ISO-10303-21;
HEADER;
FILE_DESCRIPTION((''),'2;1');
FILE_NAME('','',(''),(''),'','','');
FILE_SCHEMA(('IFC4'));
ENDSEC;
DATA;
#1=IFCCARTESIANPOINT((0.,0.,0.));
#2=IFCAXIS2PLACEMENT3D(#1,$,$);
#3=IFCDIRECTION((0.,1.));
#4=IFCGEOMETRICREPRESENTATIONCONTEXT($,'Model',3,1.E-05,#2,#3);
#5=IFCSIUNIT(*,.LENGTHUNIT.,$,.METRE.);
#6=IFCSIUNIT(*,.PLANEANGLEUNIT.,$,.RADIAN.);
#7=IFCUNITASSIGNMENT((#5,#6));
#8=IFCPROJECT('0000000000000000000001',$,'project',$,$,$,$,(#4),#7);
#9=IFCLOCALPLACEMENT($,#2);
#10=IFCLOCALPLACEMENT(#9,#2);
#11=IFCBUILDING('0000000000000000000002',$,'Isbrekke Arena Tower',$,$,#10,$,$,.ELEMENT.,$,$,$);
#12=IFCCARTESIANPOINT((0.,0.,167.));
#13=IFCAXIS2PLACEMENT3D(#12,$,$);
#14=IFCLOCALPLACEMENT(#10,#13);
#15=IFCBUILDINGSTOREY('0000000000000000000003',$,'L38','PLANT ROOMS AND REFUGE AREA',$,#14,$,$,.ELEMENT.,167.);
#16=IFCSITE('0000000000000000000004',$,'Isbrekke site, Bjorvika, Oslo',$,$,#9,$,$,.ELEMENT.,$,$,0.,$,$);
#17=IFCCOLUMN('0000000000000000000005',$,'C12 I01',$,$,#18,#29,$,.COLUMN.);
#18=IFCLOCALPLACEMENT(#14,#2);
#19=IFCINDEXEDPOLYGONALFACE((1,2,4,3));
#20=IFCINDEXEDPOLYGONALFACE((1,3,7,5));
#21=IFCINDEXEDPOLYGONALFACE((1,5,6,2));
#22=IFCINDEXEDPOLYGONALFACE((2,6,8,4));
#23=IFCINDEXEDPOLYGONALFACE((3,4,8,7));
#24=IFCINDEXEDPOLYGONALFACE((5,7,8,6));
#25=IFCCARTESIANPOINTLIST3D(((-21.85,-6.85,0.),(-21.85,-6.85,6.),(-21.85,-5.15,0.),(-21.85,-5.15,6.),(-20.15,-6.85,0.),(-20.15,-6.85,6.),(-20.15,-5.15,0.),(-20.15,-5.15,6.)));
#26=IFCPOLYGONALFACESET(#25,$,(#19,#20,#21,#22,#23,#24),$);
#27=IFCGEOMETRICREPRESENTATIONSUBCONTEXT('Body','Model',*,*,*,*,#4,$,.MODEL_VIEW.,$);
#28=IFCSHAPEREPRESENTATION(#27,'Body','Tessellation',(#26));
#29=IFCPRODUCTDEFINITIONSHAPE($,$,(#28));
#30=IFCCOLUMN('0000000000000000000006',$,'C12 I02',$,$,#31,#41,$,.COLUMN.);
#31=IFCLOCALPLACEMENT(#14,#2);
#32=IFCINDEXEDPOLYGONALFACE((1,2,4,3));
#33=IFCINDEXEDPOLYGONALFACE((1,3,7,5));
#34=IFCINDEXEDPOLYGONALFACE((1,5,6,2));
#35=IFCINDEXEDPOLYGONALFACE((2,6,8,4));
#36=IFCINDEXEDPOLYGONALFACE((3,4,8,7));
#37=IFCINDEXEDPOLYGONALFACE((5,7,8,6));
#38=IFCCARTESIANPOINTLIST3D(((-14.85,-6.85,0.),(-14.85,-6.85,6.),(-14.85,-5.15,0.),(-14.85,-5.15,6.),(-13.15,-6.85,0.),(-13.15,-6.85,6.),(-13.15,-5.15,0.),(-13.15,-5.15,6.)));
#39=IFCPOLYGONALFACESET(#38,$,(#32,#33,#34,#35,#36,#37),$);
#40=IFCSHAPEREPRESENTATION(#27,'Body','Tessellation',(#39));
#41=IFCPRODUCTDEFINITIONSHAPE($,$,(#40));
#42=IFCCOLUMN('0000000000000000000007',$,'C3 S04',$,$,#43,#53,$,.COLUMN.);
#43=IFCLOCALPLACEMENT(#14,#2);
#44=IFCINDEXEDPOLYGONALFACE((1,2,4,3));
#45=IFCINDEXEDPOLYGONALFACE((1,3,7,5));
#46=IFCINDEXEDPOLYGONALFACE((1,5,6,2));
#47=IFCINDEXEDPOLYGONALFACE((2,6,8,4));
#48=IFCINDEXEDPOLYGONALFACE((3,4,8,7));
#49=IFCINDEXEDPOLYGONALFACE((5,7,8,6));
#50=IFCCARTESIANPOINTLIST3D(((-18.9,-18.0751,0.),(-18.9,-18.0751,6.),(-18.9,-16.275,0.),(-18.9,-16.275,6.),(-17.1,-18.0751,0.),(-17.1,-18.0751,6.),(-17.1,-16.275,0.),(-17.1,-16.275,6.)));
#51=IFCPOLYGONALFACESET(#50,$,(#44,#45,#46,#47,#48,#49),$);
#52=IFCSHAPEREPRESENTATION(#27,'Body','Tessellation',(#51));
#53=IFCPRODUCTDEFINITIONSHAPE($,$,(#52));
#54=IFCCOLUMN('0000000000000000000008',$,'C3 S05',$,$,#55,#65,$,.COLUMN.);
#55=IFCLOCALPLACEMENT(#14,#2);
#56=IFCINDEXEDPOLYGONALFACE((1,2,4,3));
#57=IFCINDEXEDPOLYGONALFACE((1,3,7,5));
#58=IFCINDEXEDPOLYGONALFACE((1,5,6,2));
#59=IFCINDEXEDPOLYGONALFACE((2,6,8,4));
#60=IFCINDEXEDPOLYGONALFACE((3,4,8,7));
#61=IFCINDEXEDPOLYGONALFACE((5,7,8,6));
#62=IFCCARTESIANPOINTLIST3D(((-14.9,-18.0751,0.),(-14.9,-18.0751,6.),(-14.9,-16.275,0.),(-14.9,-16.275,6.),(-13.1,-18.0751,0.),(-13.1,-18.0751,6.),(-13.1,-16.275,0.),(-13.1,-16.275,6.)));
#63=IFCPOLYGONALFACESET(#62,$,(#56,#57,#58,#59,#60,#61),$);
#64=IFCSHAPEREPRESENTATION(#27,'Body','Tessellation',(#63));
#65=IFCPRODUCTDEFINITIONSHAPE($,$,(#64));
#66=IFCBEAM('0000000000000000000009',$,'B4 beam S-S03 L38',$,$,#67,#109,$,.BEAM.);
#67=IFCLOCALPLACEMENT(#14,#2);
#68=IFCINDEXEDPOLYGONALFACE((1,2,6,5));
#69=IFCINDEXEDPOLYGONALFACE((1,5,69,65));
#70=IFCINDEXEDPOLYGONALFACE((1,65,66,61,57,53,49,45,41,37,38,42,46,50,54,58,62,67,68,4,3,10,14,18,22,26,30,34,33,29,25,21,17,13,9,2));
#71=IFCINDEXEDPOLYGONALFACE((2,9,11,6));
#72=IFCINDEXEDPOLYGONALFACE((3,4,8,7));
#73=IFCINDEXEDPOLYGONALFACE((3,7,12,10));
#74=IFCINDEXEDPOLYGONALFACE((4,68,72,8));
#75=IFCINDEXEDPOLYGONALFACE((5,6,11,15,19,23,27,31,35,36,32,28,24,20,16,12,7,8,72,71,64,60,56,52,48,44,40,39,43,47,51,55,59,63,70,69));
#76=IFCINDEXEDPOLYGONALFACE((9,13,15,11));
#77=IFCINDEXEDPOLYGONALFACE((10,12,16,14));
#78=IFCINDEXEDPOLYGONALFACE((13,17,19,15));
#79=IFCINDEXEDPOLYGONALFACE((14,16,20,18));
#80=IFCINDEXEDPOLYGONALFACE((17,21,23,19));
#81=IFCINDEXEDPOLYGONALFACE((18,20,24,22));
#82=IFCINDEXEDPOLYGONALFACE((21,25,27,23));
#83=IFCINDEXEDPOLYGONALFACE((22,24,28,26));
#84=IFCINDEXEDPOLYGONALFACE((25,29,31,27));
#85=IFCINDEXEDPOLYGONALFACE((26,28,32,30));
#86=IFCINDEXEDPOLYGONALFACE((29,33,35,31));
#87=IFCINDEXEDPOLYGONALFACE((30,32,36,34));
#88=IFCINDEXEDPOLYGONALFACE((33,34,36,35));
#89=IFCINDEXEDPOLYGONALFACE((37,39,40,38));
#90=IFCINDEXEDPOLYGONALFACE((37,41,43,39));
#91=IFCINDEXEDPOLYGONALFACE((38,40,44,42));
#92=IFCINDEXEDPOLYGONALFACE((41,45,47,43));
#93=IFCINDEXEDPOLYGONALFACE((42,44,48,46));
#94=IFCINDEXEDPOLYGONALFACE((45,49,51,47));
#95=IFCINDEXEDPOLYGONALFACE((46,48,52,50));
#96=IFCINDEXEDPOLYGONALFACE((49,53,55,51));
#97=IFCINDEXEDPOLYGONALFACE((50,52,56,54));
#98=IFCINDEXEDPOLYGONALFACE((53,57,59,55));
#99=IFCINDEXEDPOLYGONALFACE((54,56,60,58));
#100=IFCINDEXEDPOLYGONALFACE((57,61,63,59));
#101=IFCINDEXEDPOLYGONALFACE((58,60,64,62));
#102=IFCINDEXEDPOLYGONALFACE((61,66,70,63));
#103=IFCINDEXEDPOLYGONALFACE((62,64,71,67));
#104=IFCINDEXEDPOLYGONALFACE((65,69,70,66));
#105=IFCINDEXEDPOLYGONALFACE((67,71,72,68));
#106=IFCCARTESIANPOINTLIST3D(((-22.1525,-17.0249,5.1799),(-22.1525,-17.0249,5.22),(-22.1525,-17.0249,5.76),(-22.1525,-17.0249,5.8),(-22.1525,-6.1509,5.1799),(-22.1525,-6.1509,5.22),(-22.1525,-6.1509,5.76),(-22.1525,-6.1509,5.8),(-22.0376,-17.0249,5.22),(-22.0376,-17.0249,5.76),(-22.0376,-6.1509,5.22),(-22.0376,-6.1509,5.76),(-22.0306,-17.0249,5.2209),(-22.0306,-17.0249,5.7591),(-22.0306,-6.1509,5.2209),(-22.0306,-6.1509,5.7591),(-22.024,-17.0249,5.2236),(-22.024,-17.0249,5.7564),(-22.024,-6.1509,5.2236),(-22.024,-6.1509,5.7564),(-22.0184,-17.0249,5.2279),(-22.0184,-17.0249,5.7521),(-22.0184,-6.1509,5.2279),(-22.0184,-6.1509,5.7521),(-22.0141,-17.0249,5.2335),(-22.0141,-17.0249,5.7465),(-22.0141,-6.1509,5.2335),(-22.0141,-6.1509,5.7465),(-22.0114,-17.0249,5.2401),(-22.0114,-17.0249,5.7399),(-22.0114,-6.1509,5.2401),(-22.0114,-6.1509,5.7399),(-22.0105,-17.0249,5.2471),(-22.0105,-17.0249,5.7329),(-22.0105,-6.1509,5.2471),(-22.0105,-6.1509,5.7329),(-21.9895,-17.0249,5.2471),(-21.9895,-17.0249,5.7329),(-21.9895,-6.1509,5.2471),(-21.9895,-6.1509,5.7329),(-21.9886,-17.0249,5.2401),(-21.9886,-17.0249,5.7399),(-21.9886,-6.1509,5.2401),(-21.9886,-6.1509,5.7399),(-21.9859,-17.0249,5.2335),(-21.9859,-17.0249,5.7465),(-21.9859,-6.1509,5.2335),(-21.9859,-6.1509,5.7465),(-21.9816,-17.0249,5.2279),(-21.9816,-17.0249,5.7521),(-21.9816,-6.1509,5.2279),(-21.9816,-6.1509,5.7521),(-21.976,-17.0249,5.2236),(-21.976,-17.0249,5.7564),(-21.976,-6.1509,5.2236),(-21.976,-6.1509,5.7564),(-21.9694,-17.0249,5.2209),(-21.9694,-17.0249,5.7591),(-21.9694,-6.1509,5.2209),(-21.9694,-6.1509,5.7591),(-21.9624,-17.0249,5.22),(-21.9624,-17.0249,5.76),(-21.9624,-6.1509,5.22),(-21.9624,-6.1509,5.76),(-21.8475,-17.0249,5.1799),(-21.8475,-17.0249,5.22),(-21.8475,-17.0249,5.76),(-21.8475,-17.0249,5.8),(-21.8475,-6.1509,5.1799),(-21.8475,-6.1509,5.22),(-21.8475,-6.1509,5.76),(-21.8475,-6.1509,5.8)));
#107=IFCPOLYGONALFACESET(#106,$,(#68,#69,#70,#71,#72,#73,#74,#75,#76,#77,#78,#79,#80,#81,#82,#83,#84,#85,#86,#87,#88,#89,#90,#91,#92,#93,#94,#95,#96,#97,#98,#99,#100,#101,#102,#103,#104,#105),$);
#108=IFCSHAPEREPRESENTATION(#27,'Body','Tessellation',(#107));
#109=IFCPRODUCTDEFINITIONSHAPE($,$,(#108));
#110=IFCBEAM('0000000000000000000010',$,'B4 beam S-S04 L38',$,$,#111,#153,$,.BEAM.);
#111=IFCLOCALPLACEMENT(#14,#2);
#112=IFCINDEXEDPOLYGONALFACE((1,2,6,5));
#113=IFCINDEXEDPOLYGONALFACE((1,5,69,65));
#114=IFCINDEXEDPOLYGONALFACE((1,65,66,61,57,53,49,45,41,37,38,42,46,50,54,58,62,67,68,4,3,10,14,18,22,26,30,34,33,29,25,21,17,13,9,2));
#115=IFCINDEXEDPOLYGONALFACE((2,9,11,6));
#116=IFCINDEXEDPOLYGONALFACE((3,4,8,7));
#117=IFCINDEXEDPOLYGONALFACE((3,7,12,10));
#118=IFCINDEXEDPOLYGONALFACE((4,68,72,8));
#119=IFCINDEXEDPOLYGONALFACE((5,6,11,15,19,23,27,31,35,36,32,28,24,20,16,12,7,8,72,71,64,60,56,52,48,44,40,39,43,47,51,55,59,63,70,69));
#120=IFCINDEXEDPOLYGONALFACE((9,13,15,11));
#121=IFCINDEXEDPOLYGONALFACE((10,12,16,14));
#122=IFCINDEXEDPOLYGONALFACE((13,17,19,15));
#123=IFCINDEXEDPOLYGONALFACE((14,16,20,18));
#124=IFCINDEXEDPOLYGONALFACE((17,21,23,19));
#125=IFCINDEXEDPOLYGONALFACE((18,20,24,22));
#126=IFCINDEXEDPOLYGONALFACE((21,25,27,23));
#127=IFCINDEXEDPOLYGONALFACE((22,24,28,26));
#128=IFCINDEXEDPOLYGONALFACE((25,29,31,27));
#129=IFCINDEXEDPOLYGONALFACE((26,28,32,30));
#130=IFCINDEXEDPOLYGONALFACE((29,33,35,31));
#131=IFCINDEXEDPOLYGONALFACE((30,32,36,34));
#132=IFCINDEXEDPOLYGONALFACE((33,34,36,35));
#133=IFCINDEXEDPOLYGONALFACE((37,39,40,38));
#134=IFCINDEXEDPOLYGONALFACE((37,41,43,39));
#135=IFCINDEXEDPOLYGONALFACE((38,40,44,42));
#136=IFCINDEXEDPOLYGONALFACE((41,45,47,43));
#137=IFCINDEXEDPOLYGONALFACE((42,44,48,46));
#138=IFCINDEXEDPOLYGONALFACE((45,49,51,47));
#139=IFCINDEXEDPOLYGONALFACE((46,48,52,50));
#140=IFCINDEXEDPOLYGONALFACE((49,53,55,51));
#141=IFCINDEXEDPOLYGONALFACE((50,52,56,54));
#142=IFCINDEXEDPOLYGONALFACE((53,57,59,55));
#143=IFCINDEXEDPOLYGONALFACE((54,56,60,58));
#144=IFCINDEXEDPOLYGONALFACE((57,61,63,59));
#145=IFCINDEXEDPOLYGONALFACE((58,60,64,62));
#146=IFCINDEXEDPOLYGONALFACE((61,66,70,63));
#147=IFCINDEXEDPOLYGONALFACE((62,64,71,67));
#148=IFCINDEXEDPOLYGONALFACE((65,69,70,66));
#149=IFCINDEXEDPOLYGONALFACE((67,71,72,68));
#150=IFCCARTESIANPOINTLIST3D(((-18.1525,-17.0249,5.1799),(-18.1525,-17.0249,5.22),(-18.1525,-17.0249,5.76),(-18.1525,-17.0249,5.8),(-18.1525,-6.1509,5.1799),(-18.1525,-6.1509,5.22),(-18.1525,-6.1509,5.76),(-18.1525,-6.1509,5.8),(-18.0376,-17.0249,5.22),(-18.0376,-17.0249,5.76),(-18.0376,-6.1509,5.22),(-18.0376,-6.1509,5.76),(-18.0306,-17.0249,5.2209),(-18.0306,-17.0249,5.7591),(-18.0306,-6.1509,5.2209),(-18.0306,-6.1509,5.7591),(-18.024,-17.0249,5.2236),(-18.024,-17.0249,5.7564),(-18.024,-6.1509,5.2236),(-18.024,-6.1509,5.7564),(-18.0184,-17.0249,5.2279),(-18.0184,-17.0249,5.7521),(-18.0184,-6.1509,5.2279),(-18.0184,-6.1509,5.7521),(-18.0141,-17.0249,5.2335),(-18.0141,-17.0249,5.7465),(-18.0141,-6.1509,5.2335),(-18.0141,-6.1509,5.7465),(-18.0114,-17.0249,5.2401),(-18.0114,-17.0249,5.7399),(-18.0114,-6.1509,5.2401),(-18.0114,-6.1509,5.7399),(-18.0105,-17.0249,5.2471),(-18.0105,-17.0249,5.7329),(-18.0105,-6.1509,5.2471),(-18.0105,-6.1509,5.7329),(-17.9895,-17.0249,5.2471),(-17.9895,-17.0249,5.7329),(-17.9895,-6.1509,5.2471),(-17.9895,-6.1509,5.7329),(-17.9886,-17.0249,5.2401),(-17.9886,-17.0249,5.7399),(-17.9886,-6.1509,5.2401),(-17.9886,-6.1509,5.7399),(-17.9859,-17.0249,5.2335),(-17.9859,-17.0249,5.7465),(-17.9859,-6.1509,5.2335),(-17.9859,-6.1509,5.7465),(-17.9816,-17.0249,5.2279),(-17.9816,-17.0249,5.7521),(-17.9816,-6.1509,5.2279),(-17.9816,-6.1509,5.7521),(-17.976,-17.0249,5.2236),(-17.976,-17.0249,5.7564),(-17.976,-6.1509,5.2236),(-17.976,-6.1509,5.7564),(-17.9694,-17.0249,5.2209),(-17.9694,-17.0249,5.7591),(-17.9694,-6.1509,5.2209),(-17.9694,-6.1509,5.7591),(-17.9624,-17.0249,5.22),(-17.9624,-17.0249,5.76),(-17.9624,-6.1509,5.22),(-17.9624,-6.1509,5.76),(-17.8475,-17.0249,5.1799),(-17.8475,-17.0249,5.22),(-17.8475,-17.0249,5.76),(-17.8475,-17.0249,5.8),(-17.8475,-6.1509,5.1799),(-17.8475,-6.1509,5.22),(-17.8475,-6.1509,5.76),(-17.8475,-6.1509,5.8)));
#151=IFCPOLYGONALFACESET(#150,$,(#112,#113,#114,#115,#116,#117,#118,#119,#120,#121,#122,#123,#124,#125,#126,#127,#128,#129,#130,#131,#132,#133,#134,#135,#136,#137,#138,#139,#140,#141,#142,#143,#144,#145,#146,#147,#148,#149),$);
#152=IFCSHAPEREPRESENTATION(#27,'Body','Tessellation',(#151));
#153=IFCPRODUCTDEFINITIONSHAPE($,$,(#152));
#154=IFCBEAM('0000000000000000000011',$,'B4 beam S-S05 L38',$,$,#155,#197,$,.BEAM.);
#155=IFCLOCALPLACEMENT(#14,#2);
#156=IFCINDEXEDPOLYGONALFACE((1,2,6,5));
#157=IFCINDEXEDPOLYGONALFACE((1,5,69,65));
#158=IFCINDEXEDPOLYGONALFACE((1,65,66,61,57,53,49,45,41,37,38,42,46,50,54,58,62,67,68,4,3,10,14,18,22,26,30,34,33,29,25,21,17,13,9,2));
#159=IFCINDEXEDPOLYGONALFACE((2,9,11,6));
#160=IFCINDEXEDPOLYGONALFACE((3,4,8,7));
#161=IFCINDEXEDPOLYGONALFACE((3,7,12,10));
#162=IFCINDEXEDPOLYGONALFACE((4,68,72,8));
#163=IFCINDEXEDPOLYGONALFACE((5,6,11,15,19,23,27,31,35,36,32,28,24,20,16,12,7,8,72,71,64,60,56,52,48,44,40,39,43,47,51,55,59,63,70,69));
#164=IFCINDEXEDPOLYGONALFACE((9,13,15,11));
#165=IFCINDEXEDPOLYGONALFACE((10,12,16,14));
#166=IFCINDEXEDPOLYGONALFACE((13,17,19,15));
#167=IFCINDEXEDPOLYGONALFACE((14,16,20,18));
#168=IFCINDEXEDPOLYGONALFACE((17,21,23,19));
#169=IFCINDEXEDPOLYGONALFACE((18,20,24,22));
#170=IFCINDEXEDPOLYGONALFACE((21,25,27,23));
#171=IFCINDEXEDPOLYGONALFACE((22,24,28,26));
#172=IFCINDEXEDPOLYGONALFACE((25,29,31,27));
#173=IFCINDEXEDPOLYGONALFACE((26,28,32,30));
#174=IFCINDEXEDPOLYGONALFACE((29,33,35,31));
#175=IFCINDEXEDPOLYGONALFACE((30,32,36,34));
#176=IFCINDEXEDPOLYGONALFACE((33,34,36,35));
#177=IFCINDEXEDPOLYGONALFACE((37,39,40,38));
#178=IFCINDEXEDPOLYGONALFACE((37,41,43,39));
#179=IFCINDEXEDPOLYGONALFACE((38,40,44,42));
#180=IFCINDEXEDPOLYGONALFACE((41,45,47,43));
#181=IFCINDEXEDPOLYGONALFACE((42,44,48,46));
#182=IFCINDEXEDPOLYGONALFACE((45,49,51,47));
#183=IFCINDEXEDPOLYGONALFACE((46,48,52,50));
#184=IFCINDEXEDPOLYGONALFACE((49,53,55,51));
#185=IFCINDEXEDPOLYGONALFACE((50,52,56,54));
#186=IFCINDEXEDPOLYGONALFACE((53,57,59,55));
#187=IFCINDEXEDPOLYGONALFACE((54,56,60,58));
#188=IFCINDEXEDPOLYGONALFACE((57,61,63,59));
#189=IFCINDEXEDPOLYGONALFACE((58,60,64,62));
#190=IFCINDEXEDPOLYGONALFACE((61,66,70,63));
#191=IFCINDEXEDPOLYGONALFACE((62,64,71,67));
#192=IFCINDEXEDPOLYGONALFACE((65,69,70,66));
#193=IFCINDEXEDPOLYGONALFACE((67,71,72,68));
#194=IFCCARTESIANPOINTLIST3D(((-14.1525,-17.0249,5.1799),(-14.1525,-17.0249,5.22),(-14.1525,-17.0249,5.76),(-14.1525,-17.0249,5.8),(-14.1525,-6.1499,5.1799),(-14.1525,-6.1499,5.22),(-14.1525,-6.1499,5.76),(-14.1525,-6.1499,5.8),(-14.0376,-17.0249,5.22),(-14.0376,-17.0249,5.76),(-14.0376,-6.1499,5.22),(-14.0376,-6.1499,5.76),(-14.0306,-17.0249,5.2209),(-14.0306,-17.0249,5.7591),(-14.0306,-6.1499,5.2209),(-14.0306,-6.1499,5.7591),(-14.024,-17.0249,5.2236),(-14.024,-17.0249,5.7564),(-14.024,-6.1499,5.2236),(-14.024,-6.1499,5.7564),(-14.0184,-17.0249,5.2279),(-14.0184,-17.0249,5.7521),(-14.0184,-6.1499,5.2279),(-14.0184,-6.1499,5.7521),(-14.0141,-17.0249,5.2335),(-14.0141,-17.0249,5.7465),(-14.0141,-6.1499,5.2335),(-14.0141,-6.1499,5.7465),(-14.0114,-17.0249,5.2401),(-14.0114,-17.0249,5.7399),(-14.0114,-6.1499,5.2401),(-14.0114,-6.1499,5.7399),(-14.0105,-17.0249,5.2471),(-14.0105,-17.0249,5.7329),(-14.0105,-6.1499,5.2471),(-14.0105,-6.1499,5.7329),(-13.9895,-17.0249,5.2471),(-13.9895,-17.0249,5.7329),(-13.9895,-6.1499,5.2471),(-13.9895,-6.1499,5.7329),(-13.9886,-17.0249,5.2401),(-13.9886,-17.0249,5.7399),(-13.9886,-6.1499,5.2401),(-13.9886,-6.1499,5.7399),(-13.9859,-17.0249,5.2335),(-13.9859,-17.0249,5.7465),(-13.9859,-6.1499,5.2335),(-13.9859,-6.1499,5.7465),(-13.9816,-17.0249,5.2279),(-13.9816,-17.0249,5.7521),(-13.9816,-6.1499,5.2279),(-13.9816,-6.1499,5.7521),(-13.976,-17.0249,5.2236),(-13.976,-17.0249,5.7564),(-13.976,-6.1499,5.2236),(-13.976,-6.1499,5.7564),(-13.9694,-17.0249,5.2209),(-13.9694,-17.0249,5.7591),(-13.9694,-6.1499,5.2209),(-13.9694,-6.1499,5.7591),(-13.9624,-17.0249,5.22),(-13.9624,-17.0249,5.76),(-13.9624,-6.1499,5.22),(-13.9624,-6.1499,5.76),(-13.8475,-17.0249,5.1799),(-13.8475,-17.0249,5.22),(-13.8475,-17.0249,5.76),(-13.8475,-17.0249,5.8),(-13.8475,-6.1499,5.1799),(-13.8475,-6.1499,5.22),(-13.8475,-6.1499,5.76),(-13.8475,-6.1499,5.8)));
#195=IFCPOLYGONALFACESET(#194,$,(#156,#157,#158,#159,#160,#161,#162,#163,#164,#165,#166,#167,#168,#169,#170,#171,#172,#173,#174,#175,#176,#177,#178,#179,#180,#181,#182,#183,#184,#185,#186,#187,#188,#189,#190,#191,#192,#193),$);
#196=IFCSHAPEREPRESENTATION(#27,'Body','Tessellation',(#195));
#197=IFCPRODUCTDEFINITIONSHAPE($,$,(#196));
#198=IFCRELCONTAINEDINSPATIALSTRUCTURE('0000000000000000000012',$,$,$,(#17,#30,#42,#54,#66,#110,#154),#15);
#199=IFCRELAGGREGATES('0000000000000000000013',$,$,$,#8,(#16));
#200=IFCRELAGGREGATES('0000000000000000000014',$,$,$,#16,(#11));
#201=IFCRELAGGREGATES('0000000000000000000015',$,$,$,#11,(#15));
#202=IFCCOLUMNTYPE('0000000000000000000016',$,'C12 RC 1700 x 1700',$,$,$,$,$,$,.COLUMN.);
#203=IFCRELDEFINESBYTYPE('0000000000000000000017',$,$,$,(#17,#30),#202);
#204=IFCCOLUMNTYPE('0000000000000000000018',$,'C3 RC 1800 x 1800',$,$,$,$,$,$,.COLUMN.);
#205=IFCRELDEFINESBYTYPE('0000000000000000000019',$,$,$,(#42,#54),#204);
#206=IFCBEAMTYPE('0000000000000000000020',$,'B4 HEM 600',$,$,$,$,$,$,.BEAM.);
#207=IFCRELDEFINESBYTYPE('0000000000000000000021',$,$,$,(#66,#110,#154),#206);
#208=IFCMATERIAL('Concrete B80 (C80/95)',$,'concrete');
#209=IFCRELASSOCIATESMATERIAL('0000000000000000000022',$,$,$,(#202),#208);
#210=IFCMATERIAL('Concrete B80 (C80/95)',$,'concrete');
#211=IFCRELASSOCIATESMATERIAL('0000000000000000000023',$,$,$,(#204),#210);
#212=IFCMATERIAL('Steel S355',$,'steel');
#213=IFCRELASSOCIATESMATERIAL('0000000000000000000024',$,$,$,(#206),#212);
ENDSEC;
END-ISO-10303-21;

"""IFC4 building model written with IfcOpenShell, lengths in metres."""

from ifc_helpers import new_model, si_unit, direction, frame, origin, origin_2d, place, context, subcontext, project, spatial, rectangle, i_section, extrude, material, material_profile, profile_set, type_object, element, save


model = new_model("IFC4")

# Units and contexts
model_context = context("Model", 3, precision=1e-05, world=origin(), true_north=direction((0.0, 1.0)))
body_context = subcontext(model_context, "Body", "Model", "MODEL_VIEW")
ifc_project = project(units=[si_unit("LENGTHUNIT", "METRE"), si_unit("PLANEANGLEUNIT", "RADIAN")], contexts=[model_context])

# Site, building, storey
site_placement = place(None, origin())
site = spatial("IfcSite", under=ifc_project, at=site_placement, Name="Isbrekke site, Bjorvika, Oslo", CompositionType="ELEMENT", RefElevation=0.0)
building_placement = place(site_placement, origin())
building = spatial("IfcBuilding", under=site, at=building_placement, Name="Isbrekke Arena Tower", CompositionType="ELEMENT")
storey_placement = place(building_placement, frame((0.0, 0.0, 167.0)))
storey = spatial("IfcBuildingStorey", under=building, at=storey_placement, Name="L38", Description="PLANT ROOMS AND REFUGE AREA", CompositionType="ELEMENT", Elevation=167.0)

# Columns
ifc_material_1 = material(Name="Concrete B80 (C80/95)", Category="concrete")
ifc_material_profile_1 = material_profile(ifc_material_1, rectangle(XDim=1.7, YDim=1.7, at=origin_2d()), Name="RC 1700x1700")
ifc_profile_set_1 = profile_set([ifc_material_profile_1], Name="Concrete B80 (C80/95)")
column_type_1 = type_object("IfcColumnType", Name="C12 RC 1700 x 1700", PredefinedType="COLUMN", material=ifc_profile_set_1)
for number, where, z_axis, x_axis, name in (
    (1, (-21.0, -6.0, 0.0), (0.0, 0.0, 1.0), (1.0, 0.0, 0.0), "C12 I01"),
    (2, (-14.0, -6.0, 0.0), (0.0, 0.0, 1.0), (1.0, 0.0, 0.0), "C12 I02"),
):
    element("IfcColumn", number, at=place(storey_placement, frame(where, z_axis=z_axis, x_axis=x_axis)), inside=storey, type_object=column_type_1, Name=name, PredefinedType="COLUMN", context=body_context, shape_type="SweptSolid", body=[
        extrude(rectangle(XDim=1.7, YDim=1.7, at=origin_2d()), origin(), (0.0, 0.0, 1.0), 6.0),
    ])
ifc_material_2 = material(Name="Concrete B80 (C80/95)", Category="concrete")
ifc_material_profile_2 = material_profile(ifc_material_2, rectangle(XDim=1.8, YDim=1.8, at=origin_2d()), Name="RC 1800x1800")
ifc_profile_set_2 = profile_set([ifc_material_profile_2], Name="Concrete B80 (C80/95)")
column_type_2 = type_object("IfcColumnType", Name="C3 RC 1800 x 1800", PredefinedType="COLUMN", material=ifc_profile_set_2)
for number, where, z_axis, x_axis, name in (
    (3, (-18.0, -17.175, 0.0), (0.0, 0.0, 1.0), (1.0, 0.0, 0.0), "C3 S04"),
    (4, (-14.0, -17.175, 0.0), (0.0, 0.0, 1.0), (1.0, 0.0, 0.0), "C3 S05"),
):
    element("IfcColumn", number, at=place(storey_placement, frame(where, z_axis=z_axis, x_axis=x_axis)), inside=storey, type_object=column_type_2, Name=name, PredefinedType="COLUMN", context=body_context, shape_type="SweptSolid", body=[
        extrude(rectangle(XDim=1.8, YDim=1.8, at=origin_2d()), origin(), (0.0, 0.0, 1.0), 6.0),
    ])

# Beams
ifc_material_3 = material(Name="Steel S355", Category="steel")
ifc_material_profile_3 = material_profile(ifc_material_3, i_section(OverallWidth=0.3049, OverallDepth=0.6201, WebThickness=0.021, FlangeThickness=0.04, FilletRadius=0.0271, at=origin_2d()), Name="HEM 600")
ifc_profile_set_3 = profile_set([ifc_material_profile_3], Name="Steel S355")
beam_type_1 = type_object("IfcBeamType", Name="B4 HEM 600", PredefinedType="BEAM", material=ifc_profile_set_3)
for number, where, z_axis, x_axis, name in (
    (5, (-22.0, -17.0249, 5.49), (0.0, 1.0, 0.0), (-1.0, 0.0, 0.0), "B4 beam S-S03 L38"),
    (6, (-18.0, -17.0249, 5.49), (0.0, 1.0, 0.0), (-1.0, 0.0, 0.0), "B4 beam S-S04 L38"),
):
    element("IfcBeam", number, at=place(storey_placement, frame(where, z_axis=z_axis, x_axis=x_axis)), inside=storey, type_object=beam_type_1, Name=name, PredefinedType="BEAM", context=body_context, shape_type="SweptSolid", body=[
        extrude(i_section(OverallWidth=0.3049, OverallDepth=0.6201, WebThickness=0.021, FlangeThickness=0.04, FilletRadius=0.0271, at=origin_2d()), origin(), (0.0, 0.0, 1.0), 10.874),
    ])
beam_1_placement = place(storey_placement, frame((-14.0, -17.0249, 5.49), z_axis=(0.0, 1.0, 0.0), x_axis=(-1.0, 0.0, 0.0)))
element("IfcBeam", 7, at=beam_1_placement, inside=storey, type_object=beam_type_1, Name="B4 beam S-S05 L38", PredefinedType="BEAM", context=body_context, shape_type="SweptSolid", body=[
    extrude(i_section(OverallWidth=0.3049, OverallDepth=0.6201, WebThickness=0.021, FlangeThickness=0.04, FilletRadius=0.0271, at=origin_2d()), origin(), (0.0, 0.0, 1.0), 10.875),
])

save(model, "model.ifc")
